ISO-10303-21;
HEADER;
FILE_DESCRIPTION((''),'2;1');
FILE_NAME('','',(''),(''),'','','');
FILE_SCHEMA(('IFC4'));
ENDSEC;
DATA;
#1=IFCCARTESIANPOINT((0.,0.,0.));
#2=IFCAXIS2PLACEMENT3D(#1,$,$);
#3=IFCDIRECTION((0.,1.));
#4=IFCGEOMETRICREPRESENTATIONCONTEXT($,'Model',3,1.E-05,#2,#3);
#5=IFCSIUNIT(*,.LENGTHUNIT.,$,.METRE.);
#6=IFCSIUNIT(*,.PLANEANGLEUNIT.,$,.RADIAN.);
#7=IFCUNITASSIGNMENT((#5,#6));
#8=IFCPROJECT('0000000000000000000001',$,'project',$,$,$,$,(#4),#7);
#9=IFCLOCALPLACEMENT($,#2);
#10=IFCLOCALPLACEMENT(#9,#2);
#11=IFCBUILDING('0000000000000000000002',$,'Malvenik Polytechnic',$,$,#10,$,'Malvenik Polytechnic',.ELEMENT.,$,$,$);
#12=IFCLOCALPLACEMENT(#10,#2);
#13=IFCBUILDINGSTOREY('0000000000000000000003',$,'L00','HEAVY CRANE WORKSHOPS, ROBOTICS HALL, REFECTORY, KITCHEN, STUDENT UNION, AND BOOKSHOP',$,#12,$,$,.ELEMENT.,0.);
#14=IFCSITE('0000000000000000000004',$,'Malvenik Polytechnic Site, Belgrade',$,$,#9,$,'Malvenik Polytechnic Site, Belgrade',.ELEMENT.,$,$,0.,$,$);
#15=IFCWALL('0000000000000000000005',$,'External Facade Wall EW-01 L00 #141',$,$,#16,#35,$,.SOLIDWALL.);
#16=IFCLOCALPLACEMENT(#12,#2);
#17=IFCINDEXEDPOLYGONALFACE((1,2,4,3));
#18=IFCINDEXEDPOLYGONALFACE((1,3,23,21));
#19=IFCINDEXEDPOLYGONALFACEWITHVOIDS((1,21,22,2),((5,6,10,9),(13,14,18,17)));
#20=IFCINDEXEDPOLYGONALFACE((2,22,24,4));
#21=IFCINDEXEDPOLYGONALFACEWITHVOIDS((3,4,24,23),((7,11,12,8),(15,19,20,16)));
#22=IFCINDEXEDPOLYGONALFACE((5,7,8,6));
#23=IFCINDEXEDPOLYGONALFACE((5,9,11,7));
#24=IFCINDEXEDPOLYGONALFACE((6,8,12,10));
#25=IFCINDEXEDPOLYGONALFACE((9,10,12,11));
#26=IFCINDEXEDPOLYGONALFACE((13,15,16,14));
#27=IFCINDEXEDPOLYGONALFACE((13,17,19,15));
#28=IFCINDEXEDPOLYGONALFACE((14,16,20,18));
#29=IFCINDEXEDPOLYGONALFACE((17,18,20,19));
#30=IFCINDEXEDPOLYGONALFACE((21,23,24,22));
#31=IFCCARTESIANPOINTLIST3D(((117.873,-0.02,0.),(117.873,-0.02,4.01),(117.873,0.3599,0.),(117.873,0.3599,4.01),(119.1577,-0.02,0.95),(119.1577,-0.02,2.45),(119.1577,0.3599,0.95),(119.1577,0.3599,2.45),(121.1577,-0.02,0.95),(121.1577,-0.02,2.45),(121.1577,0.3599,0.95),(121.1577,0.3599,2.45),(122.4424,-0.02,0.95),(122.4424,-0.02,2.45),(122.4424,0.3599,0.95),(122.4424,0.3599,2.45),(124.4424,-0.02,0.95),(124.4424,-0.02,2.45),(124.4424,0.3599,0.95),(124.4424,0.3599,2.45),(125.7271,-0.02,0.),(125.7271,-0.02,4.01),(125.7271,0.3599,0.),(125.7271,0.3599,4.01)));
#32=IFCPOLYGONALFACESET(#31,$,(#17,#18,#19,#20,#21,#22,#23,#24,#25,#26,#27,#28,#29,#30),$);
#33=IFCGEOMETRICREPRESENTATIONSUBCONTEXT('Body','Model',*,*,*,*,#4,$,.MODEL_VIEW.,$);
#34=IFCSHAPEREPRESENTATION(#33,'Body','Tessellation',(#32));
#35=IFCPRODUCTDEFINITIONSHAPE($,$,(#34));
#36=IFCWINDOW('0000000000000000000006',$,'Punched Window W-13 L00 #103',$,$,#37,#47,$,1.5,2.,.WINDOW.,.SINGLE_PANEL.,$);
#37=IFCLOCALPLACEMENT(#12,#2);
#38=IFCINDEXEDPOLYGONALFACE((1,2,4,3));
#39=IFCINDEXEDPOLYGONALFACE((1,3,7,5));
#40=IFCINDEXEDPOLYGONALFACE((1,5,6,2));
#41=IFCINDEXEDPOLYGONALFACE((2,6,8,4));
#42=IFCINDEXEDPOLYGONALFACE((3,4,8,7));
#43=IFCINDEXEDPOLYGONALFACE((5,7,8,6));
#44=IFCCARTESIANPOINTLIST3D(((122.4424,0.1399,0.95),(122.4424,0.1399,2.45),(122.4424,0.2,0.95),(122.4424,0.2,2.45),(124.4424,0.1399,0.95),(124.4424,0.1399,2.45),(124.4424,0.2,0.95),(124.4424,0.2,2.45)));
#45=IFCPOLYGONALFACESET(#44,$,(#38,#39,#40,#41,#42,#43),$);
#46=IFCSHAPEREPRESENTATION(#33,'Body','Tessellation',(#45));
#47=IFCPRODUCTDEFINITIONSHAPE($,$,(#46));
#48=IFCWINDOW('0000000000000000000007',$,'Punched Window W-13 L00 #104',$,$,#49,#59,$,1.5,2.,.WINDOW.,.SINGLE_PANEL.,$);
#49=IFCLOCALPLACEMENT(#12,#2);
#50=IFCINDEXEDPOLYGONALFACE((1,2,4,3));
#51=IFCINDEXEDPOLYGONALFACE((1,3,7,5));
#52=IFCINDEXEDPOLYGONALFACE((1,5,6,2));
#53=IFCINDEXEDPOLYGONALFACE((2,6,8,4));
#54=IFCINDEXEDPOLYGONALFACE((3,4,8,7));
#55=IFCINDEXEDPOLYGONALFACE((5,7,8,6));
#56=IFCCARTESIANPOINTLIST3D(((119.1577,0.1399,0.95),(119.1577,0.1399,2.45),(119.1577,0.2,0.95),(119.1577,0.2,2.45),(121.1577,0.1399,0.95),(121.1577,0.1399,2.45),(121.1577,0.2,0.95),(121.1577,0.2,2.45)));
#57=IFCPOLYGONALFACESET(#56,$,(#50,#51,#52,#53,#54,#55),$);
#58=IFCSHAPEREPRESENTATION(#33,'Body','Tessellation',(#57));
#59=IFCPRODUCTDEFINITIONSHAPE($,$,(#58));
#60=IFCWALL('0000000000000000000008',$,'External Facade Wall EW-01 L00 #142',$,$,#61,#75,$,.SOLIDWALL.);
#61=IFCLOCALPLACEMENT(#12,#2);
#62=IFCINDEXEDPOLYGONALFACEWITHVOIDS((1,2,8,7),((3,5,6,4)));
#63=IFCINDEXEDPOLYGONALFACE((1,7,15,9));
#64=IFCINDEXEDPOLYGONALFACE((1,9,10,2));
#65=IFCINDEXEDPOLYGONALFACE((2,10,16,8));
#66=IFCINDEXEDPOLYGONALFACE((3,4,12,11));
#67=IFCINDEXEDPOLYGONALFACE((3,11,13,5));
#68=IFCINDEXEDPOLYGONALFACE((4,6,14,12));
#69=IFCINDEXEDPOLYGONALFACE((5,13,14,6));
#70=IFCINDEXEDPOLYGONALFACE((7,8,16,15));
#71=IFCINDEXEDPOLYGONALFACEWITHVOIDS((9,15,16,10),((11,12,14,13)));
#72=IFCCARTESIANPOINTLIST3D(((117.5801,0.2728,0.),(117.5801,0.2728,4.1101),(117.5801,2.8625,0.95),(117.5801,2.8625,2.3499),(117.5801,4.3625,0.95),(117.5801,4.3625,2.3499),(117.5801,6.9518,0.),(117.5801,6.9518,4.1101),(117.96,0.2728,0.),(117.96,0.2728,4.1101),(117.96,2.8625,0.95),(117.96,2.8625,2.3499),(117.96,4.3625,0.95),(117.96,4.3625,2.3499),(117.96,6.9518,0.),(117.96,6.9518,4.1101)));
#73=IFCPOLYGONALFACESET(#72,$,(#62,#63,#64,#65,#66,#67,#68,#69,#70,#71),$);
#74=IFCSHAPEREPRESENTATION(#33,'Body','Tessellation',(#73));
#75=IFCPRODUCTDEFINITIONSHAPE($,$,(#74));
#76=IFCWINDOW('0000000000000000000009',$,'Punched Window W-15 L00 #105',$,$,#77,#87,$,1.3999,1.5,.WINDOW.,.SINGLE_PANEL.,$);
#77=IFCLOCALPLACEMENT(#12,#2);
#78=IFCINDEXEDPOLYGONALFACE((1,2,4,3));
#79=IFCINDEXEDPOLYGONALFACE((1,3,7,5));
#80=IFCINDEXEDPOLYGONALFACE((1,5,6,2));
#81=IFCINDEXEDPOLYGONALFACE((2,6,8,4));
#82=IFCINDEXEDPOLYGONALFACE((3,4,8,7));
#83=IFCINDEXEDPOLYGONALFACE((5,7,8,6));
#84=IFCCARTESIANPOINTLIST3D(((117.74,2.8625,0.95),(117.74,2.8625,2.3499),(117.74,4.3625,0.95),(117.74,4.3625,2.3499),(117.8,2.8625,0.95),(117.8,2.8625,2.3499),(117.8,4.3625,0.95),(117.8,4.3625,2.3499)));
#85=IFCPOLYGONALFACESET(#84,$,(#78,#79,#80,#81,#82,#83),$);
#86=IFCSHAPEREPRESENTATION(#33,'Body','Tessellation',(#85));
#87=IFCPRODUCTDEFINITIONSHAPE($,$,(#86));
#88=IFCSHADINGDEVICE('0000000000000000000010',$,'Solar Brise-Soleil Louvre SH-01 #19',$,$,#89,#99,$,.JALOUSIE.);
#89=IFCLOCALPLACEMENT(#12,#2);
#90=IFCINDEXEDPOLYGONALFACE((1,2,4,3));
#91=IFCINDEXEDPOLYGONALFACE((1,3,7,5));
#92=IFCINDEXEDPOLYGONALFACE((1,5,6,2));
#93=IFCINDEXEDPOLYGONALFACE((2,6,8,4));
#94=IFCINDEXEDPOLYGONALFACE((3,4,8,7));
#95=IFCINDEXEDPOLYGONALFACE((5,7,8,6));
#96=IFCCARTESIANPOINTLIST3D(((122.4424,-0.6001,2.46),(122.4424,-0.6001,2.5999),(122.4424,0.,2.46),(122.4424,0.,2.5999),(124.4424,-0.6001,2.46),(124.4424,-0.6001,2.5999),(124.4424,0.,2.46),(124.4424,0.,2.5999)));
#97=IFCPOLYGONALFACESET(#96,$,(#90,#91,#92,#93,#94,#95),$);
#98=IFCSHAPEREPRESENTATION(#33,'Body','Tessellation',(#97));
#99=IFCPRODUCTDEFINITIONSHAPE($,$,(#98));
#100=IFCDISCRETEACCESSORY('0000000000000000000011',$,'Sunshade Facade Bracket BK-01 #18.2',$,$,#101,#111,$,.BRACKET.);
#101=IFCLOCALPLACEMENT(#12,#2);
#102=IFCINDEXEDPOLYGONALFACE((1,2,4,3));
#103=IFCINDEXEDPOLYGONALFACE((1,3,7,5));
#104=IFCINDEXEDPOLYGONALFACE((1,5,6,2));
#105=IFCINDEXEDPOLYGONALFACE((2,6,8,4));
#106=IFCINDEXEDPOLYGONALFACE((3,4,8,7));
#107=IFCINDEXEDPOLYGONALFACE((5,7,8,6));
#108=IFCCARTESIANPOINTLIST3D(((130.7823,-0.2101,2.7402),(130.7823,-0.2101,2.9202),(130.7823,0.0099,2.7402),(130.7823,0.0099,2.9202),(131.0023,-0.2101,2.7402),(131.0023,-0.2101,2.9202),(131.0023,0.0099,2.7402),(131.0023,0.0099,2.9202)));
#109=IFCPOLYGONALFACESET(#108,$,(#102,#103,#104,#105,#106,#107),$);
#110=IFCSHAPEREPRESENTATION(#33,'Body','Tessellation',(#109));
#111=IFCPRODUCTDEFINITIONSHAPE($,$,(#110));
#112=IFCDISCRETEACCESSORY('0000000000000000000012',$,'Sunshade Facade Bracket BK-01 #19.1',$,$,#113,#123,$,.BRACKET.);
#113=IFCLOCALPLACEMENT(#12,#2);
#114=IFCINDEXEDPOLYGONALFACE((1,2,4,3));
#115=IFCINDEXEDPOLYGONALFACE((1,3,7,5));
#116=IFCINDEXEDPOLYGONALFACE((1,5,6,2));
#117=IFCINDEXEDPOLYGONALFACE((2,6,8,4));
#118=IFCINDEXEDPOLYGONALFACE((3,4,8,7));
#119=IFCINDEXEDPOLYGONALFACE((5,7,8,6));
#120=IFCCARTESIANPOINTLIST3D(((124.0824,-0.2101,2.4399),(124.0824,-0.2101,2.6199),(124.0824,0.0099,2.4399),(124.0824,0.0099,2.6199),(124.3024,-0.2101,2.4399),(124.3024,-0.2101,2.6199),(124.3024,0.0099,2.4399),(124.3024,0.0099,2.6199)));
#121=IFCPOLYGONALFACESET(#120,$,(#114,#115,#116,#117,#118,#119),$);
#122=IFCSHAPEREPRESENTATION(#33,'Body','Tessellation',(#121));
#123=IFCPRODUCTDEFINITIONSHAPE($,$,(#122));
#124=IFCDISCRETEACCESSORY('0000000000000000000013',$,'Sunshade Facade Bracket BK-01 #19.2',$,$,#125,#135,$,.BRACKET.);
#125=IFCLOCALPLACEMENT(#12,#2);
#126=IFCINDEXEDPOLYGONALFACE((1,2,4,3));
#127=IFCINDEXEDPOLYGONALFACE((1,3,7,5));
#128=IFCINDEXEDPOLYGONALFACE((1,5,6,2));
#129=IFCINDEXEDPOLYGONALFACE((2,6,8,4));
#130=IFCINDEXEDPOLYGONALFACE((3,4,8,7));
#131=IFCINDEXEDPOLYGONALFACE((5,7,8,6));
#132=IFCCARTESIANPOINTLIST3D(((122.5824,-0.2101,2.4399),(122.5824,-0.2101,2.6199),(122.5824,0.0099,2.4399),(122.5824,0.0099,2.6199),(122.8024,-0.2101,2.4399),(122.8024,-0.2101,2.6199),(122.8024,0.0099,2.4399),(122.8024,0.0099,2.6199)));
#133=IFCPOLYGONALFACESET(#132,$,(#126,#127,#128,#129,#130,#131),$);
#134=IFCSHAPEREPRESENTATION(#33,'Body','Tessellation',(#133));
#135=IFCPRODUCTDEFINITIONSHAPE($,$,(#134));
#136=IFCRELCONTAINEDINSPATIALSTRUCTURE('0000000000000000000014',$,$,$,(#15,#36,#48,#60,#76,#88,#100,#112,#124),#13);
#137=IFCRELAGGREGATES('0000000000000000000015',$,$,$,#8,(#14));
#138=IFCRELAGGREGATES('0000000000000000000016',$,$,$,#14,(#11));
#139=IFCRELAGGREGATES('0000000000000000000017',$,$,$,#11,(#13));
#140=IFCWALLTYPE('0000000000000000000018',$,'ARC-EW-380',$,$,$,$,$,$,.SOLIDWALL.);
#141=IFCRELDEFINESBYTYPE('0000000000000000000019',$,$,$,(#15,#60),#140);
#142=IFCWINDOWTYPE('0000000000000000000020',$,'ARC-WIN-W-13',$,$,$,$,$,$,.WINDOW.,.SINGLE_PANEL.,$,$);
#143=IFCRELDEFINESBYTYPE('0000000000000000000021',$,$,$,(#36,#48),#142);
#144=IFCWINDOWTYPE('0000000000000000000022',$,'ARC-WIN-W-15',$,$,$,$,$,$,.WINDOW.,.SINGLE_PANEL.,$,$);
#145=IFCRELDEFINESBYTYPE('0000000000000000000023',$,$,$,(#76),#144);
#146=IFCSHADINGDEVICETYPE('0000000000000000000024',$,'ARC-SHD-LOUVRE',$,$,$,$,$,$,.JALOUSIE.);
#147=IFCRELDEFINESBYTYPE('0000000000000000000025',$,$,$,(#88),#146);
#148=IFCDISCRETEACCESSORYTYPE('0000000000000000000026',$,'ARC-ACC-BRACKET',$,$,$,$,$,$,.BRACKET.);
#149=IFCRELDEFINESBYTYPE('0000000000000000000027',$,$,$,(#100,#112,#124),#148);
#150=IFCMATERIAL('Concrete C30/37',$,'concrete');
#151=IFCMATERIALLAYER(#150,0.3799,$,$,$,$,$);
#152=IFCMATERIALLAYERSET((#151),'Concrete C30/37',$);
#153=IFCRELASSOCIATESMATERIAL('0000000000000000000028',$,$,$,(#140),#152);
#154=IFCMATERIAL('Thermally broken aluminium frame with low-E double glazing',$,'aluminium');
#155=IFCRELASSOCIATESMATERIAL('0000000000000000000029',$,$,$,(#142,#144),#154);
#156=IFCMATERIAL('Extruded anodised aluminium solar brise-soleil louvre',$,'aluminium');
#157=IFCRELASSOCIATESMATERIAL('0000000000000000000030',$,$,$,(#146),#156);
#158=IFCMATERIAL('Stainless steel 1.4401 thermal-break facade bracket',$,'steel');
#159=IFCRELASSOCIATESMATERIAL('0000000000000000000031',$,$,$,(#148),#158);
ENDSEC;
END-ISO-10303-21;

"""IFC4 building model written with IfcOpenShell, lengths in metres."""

from ifc_helpers import new_model, si_unit, direction, frame, frame_2d, origin, origin_2d, place, context, subcontext, project, spatial, rectangle, extrude, material, layer, layer_set, type_object, element, fill, save


model = new_model("IFC4")

# Units and contexts
model_context = context("Model", 3, precision=1e-05, world=origin(), true_north=direction((0.0, 1.0)))
body_context = subcontext(model_context, "Body", "Model", "MODEL_VIEW")
ifc_project = project(units=[si_unit("LENGTHUNIT", "METRE"), si_unit("PLANEANGLEUNIT", "RADIAN")], contexts=[model_context])

# Site, building, storey
site_placement = place(None, origin())
site = spatial("IfcSite", under=ifc_project, at=site_placement, Name="Malvenik Polytechnic Site, Belgrade", LongName="Malvenik Polytechnic Site, Belgrade", CompositionType="ELEMENT", RefElevation=0.0)
building_placement = place(site_placement, origin())
building = spatial("IfcBuilding", under=site, at=building_placement, Name="Malvenik Polytechnic", LongName="Malvenik Polytechnic", CompositionType="ELEMENT")
storey_placement = place(building_placement, origin())
storey = spatial("IfcBuildingStorey", under=building, at=storey_placement, Name="L00", Description="HEAVY CRANE WORKSHOPS, ROBOTICS HALL, REFECTORY, KITCHEN, STUDENT UNION, AND BOOKSHOP", CompositionType="ELEMENT", Elevation=0.0)

# Shared definitions
ifc_material_1 = material(Name="Concrete C30/37", Category="concrete")

# Wall, openings, windows
ifc_layer = layer(ifc_material_1, 0.3799)
ifc_layer_set = layer_set([ifc_layer], Name="Concrete C30/37")
wall_type = type_object("IfcWallType", Name="ARC-EW-380", PredefinedType="SOLIDWALL", material=ifc_layer_set)
wall_1_placement = place(storey_placement, frame((125.7271, 0.1699, 0.0), z_axis=(0.0, 0.0, 1.0), x_axis=(-1.0, 0.0, 0.0)))
wall_1 = element("IfcWall", 1, at=wall_1_placement, inside=storey, type_object=wall_type, Name="External Facade Wall EW-01 L00 #141", PredefinedType="SOLIDWALL", context=body_context, shape_type="SweptSolid", body=[
    extrude(rectangle(XDim=7.854, YDim=0.3799, at=frame_2d((3.927, 0.0))), origin(), (0.0, 0.0, 1.0), 4.01),
])
opening_1_placement = place(wall_1_placement, frame((1.2847, 0.0, 0.95)))
opening_1 = element("IfcOpeningElement", 2, at=opening_1_placement, cuts=wall_1, PredefinedType="OPENING", context=body_context, shape_type="SweptSolid", body=[
    extrude(rectangle(XDim=2.0, YDim=1.5, at=frame_2d((1.0, 0.75))), frame((0.0, 0.2, 0.0), z_axis=(0.0, -1.0, 0.0), x_axis=(1.0, 0.0, 0.0)), (0.0, 0.0, 1.0), 0.3999),
])
opening_2_placement = place(wall_1_placement, frame((4.5693, 0.0, 0.95)))
opening_2 = element("IfcOpeningElement", 3, at=opening_2_placement, cuts=wall_1, PredefinedType="OPENING", context=body_context, shape_type="SweptSolid", body=[
    extrude(rectangle(XDim=2.0, YDim=1.5, at=frame_2d((1.0, 0.75))), frame((0.0, 0.2, 0.0), z_axis=(0.0, -1.0, 0.0), x_axis=(1.0, 0.0, 0.0)), (0.0, 0.0, 1.0), 0.3999),
])
ifc_material_2 = material(Name="Thermally broken aluminium frame with low-E double glazing", Category="aluminium")
window_type_1 = type_object("IfcWindowType", Name="ARC-WIN-W-13", PartitioningType="SINGLE_PANEL", PredefinedType="WINDOW", material=ifc_material_2)
window_1_placement = place(opening_1_placement, origin())
window_1 = element("IfcWindow", 4, at=window_1_placement, inside=storey, type_object=window_type_1, Name="Punched Window W-13 L00 #103", OverallHeight=1.5, OverallWidth=2.0, PartitioningType="SINGLE_PANEL", PredefinedType="WINDOW", context=body_context, shape_type="SweptSolid", body=[
    extrude(rectangle(XDim=2.0, YDim=1.5, at=frame_2d((1.0, 0.75))), frame((0.0, 0.03, 0.0), z_axis=(0.0, -1.0, 0.0), x_axis=(1.0, 0.0, 0.0)), (0.0, 0.0, 1.0), 0.0601),
])
fill(opening_1, window_1)
window_2_placement = place(opening_2_placement, origin())
window_2 = element("IfcWindow", 5, at=window_2_placement, inside=storey, type_object=window_type_1, Name="Punched Window W-13 L00 #104", OverallHeight=1.5, OverallWidth=2.0, PartitioningType="SINGLE_PANEL", PredefinedType="WINDOW", context=body_context, shape_type="SweptSolid", body=[
    extrude(rectangle(XDim=2.0, YDim=1.5, at=frame_2d((1.0, 0.75))), frame((0.0, 0.03, 0.0), z_axis=(0.0, -1.0, 0.0), x_axis=(1.0, 0.0, 0.0)), (0.0, 0.0, 1.0), 0.0601),
])
fill(opening_2, window_2)

# Wall, opening, window
wall_2_placement = place(storey_placement, frame((117.77, 0.2729, 0.0), z_axis=(0.0, 0.0, 1.0), x_axis=(0.0, 1.0, 0.0)))
wall_2 = element("IfcWall", 6, at=wall_2_placement, inside=storey, type_object=wall_type, Name="External Facade Wall EW-01 L00 #142", PredefinedType="SOLIDWALL", context=body_context, shape_type="SweptSolid", body=[
    extrude(rectangle(XDim=6.679, YDim=0.3799, at=frame_2d((3.3394, 0.0))), origin(), (0.0, 0.0, 1.0), 4.1101),
])
opening_3_placement = place(wall_2_placement, frame((2.5896, 0.0, 0.95)))
opening_3 = element("IfcOpeningElement", 7, at=opening_3_placement, cuts=wall_2, PredefinedType="OPENING", context=body_context, shape_type="SweptSolid", body=[
    extrude(rectangle(XDim=1.5, YDim=1.3999, at=frame_2d((0.75, 0.7))), frame((0.0, 0.2, 0.0), z_axis=(0.0, -1.0, 0.0), x_axis=(1.0, 0.0, 0.0)), (0.0, 0.0, 1.0), 0.3999),
])
window_type_2 = type_object("IfcWindowType", Name="ARC-WIN-W-15", PartitioningType="SINGLE_PANEL", PredefinedType="WINDOW", material=ifc_material_2)
window_3_placement = place(opening_3_placement, origin())
window_3 = element("IfcWindow", 8, at=window_3_placement, inside=storey, type_object=window_type_2, Name="Punched Window W-15 L00 #105", OverallHeight=1.3999, OverallWidth=1.5, PartitioningType="SINGLE_PANEL", PredefinedType="WINDOW", context=body_context, shape_type="SweptSolid", body=[
    extrude(rectangle(XDim=1.5, YDim=1.3999, at=frame_2d((0.75, 0.7))), frame((0.0, 0.03, 0.0), z_axis=(0.0, -1.0, 0.0), x_axis=(1.0, 0.0, 0.0)), (0.0, 0.0, 1.0), 0.0601),
])
fill(opening_3, window_3)

# Shading device
ifc_material_3 = material(Name="Extruded anodised aluminium solar brise-soleil louvre", Category="aluminium")
shading_device_type = type_object("IfcShadingDeviceType", Name="ARC-SHD-LOUVRE", PredefinedType="JALOUSIE", material=ifc_material_3)
shading_device_placement = place(storey_placement, frame((123.4424, -0.3, 2.46), z_axis=(0.0, 0.0, 1.0), x_axis=(1.0, 0.0, 0.0)))
element("IfcShadingDevice", 9, at=shading_device_placement, inside=storey, type_object=shading_device_type, Name="Solar Brise-Soleil Louvre SH-01 #19", PredefinedType="JALOUSIE", context=body_context, shape_type="SweptSolid", body=[
    extrude(rectangle(XDim=2.0, YDim=0.6001, at=origin_2d()), origin(), (0.0, 0.0, 1.0), 0.1399),
])

# Discrete accessories
ifc_material_4 = material(Name="Stainless steel 1.4401 thermal-break facade bracket", Category="steel")
discrete_accessory_type = type_object("IfcDiscreteAccessoryType", Name="ARC-ACC-BRACKET", PredefinedType="BRACKET", material=ifc_material_4)
for number, where, z_axis, x_axis, name in (
    (10, (130.8923, -0.1001, 2.7402), (0.0, 0.0, 1.0), (1.0, 0.0, 0.0), "Sunshade Facade Bracket BK-01 #18.2"),
    (11, (124.1924, -0.1001, 2.4399), (0.0, 0.0, 1.0), (1.0, 0.0, 0.0), "Sunshade Facade Bracket BK-01 #19.1"),
    (12, (122.6924, -0.1001, 2.4399), (0.0, 0.0, 1.0), (1.0, 0.0, 0.0), "Sunshade Facade Bracket BK-01 #19.2"),
):
    element("IfcDiscreteAccessory", number, at=place(storey_placement, frame(where, z_axis=z_axis, x_axis=x_axis)), inside=storey, type_object=discrete_accessory_type, Name=name, PredefinedType="BRACKET", context=body_context, shape_type="SweptSolid", body=[
        extrude(rectangle(XDim=0.22, YDim=0.22, at=origin_2d()), origin(), (0.0, 0.0, 1.0), 0.1799),
    ])

save(model, "model.ifc")
